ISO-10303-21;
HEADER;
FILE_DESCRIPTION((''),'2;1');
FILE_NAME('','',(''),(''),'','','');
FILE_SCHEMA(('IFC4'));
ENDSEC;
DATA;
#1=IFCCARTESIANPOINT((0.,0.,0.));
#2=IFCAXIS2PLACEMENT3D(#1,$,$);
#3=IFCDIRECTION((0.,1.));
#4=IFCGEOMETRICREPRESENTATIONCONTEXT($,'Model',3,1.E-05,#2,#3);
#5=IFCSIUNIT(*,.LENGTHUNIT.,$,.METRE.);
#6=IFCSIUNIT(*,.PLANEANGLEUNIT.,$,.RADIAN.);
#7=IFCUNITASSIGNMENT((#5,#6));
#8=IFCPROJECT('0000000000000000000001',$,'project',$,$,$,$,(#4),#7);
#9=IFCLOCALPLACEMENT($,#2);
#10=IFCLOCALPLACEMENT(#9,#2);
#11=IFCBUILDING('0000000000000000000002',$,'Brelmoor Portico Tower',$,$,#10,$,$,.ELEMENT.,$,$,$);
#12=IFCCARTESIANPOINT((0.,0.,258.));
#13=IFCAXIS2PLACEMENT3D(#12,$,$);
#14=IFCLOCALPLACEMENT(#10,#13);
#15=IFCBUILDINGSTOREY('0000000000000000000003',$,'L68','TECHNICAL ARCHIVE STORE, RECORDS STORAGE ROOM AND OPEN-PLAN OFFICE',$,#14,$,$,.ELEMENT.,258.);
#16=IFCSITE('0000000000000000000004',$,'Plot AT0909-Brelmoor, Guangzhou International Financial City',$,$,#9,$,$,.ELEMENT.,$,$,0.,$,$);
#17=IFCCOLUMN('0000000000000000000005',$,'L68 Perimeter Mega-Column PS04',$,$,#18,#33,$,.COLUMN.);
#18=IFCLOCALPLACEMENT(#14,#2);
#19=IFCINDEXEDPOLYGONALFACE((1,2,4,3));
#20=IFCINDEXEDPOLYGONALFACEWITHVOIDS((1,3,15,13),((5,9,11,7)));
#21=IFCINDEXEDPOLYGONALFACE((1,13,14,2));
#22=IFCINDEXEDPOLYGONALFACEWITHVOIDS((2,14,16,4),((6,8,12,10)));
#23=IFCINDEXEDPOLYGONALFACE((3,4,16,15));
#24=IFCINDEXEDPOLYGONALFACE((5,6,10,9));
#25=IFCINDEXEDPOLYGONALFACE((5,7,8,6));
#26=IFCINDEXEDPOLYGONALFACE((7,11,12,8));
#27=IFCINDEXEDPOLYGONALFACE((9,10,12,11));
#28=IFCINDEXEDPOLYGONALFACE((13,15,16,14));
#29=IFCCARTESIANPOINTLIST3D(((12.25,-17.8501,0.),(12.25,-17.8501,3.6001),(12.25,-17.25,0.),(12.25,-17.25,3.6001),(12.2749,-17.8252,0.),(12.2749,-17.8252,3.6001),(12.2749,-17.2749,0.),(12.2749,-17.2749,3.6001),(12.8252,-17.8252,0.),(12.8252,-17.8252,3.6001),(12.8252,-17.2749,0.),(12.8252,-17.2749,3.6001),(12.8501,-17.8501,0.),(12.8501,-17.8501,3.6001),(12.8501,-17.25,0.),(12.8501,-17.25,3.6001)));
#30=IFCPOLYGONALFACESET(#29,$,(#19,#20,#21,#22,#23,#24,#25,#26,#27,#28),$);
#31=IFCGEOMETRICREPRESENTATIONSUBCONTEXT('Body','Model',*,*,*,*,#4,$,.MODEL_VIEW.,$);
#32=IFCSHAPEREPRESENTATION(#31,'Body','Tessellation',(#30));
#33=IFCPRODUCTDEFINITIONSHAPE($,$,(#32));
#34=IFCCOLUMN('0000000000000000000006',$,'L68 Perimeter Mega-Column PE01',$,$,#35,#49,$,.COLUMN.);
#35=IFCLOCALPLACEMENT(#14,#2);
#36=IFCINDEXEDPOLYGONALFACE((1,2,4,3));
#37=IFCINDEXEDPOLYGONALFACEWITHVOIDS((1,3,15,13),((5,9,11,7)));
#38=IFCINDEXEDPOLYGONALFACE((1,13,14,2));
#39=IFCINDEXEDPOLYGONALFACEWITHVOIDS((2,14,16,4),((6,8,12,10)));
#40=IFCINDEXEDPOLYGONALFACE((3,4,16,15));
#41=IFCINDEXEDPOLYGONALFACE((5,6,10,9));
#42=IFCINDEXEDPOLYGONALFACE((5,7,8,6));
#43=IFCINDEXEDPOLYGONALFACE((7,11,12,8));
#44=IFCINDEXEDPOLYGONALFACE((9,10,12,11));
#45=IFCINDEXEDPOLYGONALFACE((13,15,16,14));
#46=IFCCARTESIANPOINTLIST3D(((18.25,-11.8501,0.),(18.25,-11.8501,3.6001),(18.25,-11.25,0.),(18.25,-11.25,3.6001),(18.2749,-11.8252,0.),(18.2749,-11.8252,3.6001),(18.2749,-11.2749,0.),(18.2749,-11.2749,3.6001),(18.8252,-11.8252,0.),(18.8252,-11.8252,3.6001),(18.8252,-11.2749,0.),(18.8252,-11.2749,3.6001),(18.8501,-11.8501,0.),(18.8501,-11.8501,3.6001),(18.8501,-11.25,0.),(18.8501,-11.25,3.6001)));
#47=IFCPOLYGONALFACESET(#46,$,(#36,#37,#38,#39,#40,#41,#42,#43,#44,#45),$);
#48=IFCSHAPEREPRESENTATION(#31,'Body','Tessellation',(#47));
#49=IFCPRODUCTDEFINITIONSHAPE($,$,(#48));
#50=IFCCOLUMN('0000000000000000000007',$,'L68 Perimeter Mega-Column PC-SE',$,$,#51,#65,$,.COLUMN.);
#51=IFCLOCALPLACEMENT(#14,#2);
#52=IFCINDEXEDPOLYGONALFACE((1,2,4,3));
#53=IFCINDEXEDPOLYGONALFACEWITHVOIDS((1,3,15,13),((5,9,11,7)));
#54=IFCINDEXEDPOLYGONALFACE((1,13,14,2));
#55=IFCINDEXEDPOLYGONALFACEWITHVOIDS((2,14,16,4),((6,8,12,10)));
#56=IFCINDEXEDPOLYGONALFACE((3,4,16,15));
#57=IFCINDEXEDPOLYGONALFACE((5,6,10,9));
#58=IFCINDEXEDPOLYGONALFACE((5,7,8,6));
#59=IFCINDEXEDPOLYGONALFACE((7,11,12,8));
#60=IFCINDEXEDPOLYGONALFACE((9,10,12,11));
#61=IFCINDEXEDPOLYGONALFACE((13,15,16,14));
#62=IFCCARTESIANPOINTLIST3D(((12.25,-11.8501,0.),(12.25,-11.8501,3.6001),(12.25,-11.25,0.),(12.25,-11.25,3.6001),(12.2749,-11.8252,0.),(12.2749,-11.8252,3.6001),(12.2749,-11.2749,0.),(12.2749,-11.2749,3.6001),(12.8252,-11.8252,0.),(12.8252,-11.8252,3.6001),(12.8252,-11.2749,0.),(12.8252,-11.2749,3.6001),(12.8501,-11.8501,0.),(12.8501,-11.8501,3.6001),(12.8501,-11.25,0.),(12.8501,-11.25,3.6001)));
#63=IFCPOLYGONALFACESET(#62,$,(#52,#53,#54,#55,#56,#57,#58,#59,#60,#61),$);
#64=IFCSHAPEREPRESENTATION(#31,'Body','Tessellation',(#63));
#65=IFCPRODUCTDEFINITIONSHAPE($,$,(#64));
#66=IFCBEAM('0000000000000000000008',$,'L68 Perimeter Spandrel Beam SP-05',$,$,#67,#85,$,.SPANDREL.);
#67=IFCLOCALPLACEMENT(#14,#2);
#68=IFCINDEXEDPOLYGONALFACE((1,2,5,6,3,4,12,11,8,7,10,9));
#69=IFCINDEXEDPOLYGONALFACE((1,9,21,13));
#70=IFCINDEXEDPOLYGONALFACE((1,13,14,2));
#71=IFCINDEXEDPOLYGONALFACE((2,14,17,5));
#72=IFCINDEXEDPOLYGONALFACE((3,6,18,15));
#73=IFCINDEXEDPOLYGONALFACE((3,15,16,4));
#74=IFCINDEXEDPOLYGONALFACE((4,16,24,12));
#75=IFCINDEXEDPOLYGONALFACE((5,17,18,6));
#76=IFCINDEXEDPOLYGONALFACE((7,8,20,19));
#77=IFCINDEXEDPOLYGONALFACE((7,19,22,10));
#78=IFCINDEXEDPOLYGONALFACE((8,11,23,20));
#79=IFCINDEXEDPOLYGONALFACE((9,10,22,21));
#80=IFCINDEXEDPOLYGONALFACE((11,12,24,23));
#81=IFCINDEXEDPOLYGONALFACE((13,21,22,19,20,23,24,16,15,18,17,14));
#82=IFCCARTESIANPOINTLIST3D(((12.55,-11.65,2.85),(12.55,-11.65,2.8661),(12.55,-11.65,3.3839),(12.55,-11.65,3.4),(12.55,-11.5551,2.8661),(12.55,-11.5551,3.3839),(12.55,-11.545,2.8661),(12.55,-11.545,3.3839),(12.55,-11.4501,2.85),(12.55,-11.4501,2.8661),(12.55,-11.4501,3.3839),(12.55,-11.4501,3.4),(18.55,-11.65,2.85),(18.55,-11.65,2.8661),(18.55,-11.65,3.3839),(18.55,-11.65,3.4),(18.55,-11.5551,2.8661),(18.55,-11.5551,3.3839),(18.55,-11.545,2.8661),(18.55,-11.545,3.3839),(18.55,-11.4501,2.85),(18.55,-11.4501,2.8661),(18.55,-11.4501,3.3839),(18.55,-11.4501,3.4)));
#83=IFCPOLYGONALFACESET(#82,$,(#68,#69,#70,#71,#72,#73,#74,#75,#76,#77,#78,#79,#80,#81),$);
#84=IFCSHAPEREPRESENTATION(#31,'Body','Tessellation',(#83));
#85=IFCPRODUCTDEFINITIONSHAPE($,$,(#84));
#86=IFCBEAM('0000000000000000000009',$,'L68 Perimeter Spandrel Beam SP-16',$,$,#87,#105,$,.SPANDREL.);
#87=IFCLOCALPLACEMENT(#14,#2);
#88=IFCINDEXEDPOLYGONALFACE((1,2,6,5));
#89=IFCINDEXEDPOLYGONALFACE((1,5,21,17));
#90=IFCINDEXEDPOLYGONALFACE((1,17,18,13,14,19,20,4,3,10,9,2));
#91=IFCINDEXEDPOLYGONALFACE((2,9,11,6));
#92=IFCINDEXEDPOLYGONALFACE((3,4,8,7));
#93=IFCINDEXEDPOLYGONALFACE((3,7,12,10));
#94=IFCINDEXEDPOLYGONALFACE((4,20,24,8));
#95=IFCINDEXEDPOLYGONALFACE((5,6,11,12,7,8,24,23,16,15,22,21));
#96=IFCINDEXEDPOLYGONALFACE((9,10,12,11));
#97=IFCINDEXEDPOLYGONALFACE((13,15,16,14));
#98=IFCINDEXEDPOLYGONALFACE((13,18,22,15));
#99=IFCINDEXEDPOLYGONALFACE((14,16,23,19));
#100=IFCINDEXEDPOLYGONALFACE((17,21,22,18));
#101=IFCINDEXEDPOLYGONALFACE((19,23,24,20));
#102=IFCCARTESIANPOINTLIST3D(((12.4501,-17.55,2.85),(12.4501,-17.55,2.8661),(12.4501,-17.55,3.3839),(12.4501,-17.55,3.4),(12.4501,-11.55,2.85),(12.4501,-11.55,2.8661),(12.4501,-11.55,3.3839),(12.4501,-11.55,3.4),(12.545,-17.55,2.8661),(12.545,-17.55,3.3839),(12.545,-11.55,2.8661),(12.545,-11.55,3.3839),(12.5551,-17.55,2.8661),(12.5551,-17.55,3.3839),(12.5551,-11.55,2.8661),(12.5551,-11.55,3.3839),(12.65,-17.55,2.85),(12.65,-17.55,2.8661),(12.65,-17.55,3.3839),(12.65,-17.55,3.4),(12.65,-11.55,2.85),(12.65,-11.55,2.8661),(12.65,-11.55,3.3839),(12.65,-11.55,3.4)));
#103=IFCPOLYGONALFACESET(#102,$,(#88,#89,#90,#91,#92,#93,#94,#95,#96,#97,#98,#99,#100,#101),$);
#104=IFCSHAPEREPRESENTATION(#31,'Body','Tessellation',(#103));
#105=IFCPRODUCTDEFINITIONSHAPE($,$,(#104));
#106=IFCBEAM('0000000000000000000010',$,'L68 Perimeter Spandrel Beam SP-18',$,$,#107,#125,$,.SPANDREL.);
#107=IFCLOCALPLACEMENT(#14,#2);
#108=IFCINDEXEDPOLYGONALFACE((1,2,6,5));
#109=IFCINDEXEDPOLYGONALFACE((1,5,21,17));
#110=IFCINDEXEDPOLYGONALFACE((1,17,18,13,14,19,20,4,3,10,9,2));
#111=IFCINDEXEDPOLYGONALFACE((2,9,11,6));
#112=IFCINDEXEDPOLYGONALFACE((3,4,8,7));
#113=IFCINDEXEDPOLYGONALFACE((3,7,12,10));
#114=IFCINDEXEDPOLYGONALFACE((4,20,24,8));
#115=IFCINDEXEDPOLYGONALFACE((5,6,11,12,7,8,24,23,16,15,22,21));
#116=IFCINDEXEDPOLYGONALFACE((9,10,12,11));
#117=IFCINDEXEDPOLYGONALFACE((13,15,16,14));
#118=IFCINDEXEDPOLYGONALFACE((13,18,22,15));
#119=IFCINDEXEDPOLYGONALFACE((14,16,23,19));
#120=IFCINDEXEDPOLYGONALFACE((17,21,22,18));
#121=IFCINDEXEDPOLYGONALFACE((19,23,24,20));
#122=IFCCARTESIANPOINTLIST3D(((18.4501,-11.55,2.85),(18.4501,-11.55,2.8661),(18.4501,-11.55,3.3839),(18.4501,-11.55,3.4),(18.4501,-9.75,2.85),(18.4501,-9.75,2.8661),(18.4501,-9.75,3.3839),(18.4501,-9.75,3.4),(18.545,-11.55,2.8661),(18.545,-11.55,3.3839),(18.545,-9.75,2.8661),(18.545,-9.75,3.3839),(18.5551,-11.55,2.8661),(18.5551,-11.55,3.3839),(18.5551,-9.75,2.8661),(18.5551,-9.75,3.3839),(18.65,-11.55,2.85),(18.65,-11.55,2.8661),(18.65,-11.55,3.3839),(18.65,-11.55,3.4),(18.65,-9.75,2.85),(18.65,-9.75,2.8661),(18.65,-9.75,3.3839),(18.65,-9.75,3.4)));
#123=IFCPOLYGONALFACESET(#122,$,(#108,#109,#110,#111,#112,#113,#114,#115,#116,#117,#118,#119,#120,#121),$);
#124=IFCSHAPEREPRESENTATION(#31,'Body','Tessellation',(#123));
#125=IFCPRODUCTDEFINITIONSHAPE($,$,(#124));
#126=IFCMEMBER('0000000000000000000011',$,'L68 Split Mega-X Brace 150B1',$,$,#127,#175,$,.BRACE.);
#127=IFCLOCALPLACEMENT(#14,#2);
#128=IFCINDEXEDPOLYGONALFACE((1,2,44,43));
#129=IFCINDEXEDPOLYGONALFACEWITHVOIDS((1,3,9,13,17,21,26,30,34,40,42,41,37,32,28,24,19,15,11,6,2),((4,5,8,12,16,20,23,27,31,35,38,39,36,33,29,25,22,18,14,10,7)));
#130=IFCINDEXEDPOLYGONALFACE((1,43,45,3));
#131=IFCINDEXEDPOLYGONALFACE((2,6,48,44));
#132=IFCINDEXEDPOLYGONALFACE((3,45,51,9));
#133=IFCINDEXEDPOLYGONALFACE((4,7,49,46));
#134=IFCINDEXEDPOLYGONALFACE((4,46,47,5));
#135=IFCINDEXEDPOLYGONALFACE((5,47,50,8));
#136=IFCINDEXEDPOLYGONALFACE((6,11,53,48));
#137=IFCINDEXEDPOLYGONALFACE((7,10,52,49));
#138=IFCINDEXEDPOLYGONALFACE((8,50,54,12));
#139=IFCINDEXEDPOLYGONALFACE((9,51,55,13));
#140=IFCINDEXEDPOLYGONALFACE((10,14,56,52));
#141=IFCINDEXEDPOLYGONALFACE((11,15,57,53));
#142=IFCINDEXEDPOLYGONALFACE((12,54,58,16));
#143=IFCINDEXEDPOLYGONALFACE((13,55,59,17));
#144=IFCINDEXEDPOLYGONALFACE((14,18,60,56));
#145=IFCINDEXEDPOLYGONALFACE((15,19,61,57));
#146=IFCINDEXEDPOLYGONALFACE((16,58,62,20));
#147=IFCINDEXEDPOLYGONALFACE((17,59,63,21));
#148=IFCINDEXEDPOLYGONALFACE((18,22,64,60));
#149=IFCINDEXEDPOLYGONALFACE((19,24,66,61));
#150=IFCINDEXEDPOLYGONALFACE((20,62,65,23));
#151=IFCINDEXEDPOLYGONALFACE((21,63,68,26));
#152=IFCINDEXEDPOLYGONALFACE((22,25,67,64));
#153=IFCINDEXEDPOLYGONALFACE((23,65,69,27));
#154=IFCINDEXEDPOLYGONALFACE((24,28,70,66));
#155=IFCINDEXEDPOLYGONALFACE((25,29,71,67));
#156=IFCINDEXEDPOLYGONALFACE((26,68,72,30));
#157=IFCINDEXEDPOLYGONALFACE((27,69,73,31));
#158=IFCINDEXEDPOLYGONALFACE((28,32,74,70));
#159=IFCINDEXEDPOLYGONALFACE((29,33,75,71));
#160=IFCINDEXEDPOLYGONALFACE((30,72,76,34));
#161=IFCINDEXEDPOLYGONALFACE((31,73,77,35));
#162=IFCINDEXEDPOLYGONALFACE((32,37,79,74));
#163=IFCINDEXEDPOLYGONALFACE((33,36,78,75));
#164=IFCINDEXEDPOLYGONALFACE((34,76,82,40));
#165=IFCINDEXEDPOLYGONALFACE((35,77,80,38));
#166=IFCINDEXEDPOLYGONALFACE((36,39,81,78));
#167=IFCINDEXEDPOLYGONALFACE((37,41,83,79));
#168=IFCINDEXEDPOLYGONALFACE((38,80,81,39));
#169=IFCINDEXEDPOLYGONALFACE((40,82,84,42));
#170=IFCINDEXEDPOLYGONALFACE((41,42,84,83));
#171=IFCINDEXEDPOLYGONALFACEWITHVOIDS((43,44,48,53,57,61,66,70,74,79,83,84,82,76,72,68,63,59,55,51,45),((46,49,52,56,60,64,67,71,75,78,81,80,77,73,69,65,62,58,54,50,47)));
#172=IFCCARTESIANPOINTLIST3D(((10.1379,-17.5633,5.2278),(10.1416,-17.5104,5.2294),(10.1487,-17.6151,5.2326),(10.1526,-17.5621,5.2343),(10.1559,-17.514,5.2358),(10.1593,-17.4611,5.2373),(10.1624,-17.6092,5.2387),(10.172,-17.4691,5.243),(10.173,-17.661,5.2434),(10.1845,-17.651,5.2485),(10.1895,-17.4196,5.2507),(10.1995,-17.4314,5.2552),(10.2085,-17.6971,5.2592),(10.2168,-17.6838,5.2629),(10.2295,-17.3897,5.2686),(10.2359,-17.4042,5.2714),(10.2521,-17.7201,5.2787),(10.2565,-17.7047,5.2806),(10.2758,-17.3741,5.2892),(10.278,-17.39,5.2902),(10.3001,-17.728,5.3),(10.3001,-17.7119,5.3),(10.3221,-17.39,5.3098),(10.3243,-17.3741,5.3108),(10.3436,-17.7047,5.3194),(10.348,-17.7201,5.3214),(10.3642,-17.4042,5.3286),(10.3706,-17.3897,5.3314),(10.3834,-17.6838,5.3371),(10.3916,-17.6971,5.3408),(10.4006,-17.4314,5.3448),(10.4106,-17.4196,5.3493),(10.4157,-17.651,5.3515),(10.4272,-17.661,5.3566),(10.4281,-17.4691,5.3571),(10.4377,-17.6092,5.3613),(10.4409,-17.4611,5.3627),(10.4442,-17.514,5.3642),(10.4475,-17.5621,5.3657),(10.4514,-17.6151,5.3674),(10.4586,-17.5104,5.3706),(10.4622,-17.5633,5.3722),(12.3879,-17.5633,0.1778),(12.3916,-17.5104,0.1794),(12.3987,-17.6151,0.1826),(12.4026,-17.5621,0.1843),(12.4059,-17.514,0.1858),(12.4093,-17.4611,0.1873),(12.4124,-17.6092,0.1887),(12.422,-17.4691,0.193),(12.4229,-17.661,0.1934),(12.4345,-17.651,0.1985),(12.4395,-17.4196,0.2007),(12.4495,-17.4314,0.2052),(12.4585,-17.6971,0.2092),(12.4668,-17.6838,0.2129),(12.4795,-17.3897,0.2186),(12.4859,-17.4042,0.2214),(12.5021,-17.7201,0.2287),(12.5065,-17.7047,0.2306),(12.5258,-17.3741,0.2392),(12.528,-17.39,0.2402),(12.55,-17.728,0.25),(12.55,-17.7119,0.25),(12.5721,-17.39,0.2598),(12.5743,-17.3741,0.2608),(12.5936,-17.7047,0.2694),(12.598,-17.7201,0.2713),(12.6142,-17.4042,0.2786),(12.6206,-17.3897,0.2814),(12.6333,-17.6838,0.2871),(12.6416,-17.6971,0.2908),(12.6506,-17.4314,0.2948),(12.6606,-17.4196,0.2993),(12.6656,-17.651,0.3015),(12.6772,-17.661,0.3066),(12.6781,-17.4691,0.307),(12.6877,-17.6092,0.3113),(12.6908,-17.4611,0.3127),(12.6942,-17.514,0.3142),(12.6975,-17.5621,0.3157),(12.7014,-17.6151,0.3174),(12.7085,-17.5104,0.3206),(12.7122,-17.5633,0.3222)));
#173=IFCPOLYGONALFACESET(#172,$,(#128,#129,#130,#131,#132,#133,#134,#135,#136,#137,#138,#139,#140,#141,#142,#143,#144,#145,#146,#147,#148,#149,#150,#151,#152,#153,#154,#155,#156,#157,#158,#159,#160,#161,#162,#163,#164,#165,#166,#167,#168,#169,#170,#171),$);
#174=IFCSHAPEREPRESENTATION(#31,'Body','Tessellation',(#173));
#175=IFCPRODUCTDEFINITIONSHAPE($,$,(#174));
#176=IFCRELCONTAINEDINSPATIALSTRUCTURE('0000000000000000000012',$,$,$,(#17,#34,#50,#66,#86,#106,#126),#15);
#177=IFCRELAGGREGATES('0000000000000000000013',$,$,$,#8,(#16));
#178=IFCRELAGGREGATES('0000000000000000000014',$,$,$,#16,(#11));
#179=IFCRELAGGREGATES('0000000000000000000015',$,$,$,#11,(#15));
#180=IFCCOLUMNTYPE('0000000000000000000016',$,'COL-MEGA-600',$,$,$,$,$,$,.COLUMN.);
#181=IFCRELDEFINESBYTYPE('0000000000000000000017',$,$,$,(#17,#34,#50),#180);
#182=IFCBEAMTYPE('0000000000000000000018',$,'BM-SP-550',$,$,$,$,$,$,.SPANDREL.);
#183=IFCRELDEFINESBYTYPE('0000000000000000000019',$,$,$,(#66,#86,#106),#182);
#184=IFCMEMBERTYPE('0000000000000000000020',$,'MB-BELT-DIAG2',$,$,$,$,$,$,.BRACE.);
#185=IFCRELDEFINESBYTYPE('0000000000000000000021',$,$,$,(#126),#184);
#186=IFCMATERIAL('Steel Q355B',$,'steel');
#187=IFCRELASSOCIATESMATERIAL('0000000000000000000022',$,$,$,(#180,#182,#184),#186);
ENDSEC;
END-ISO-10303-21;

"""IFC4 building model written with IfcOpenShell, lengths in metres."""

from ifc_helpers import new_model, si_unit, direction, frame, origin, origin_2d, place, context, subcontext, project, spatial, hollow_rectangle, hollow_circle, i_section, extrude, material, material_profile, profile_set, type_object, element, save


model = new_model("IFC4")

# Units and contexts
model_context = context("Model", 3, precision=1e-05, world=origin(), true_north=direction((0.0, 1.0)))
body_context = subcontext(model_context, "Body", "Model", "MODEL_VIEW")
ifc_project = project(units=[si_unit("LENGTHUNIT", "METRE"), si_unit("PLANEANGLEUNIT", "RADIAN")], contexts=[model_context])

# Site, building, storey
site_placement = place(None, origin())
site = spatial("IfcSite", under=ifc_project, at=site_placement, Name="Plot AT0909-Brelmoor, Guangzhou International Financial City", CompositionType="ELEMENT", RefElevation=0.0)
building_placement = place(site_placement, origin())
building = spatial("IfcBuilding", under=site, at=building_placement, Name="Brelmoor Portico Tower", CompositionType="ELEMENT")
storey_placement = place(building_placement, frame((0.0, 0.0, 258.0)))
storey = spatial("IfcBuildingStorey", under=building, at=storey_placement, Name="L68", Description="TECHNICAL ARCHIVE STORE, RECORDS STORAGE ROOM AND OPEN-PLAN OFFICE", CompositionType="ELEMENT", Elevation=258.0)

# Columns
ifc_material_1 = material(Name="Steel Q355B", Category="steel")
ifc_material_profile_1 = material_profile(ifc_material_1, hollow_rectangle(XDim=0.6001, YDim=0.6001, WallThickness=0.0249, at=origin_2d()), Name="BOX 600x600x25")
ifc_profile_set_1 = profile_set([ifc_material_profile_1], Name="Steel Q355B")
column_type = type_object("IfcColumnType", Name="COL-MEGA-600", PredefinedType="COLUMN", material=ifc_profile_set_1)
for number, where, z_axis, x_axis, name in (
    (1, (12.55, -17.55, 0.0), (0.0, 0.0, 1.0), (1.0, 0.0, 0.0), "L68 Perimeter Mega-Column PS04"),
    (2, (18.55, -11.55, 0.0), (0.0, 0.0, 1.0), (0.0, 1.0, 0.0), "L68 Perimeter Mega-Column PE01"),
    (3, (12.55, -11.55, 0.0), (0.0, 0.0, 1.0), (1.0, 0.0, 0.0), "L68 Perimeter Mega-Column PC-SE"),
):
    element("IfcColumn", number, at=place(storey_placement, frame(where, z_axis=z_axis, x_axis=x_axis)), inside=storey, type_object=column_type, Name=name, PredefinedType="COLUMN", context=body_context, shape_type="SweptSolid", body=[
        extrude(hollow_rectangle(XDim=0.6001, YDim=0.6001, WallThickness=0.0249, at=origin_2d()), origin(), (0.0, 0.0, 1.0), 3.6001),
    ])

# Beams
ifc_material_profile_2 = material_profile(ifc_material_1, i_section(OverallWidth=0.2, OverallDepth=0.55, WebThickness=0.01, FlangeThickness=0.0161, at=origin_2d()), Name="HN 550x200x10x16")
ifc_profile_set_2 = profile_set([ifc_material_profile_2], Name="Steel Q355B")
beam_type = type_object("IfcBeamType", Name="BM-SP-550", PredefinedType="SPANDREL", material=ifc_profile_set_2)
for number, where, z_axis, x_axis, name in (
    (4, (12.55, -11.55, 3.125), (1.0, 0.0, 0.0), (0.0, 1.0, 0.0), "L68 Perimeter Spandrel Beam SP-05"),
    (5, (12.55, -17.55, 3.125), (0.0, 1.0, 0.0), (-1.0, 0.0, 0.0), "L68 Perimeter Spandrel Beam SP-16"),
):
    element("IfcBeam", number, at=place(storey_placement, frame(where, z_axis=z_axis, x_axis=x_axis)), inside=storey, type_object=beam_type, Name=name, PredefinedType="SPANDREL", context=body_context, shape_type="SweptSolid", body=[
        extrude(i_section(OverallWidth=0.2, OverallDepth=0.55, WebThickness=0.01, FlangeThickness=0.0161, at=origin_2d()), origin(), (0.0, 0.0, 1.0), 6.0),
    ])
beam_placement = place(storey_placement, frame((18.55, -11.55, 3.125), z_axis=(0.0, 1.0, 0.0), x_axis=(-1.0, 0.0, 0.0)))
element("IfcBeam", 6, at=beam_placement, inside=storey, type_object=beam_type, Name="L68 Perimeter Spandrel Beam SP-18", PredefinedType="SPANDREL", context=body_context, shape_type="SweptSolid", body=[
    extrude(i_section(OverallWidth=0.2, OverallDepth=0.55, WebThickness=0.01, FlangeThickness=0.0161, at=origin_2d()), origin(), (0.0, 0.0, 1.0), 1.8),
])

# Member
ifc_material_profile_3 = material_profile(ifc_material_1, hollow_circle(Radius=0.178, WallThickness=0.0161, at=origin_2d()), Name="CHS 356x16")
ifc_profile_set_3 = profile_set([ifc_material_profile_3], Name="Steel Q355B")
member_type_1 = type_object("IfcMemberType", Name="MB-BELT-DIAG2", PredefinedType="BRACE", material=ifc_profile_set_3)
for number, where, z_axis, x_axis, name in (
    (7, (12.55, -17.55, 0.25), (-0.406974, 0.0, 0.91344), (0.0, -1.0, 0.0), "L68 Split Mega-X Brace 150B1"),
):
    element("IfcMember", number, at=place(storey_placement, frame(where, z_axis=z_axis, x_axis=x_axis)), inside=storey, type_object=member_type_1, Name=name, PredefinedType="BRACE", context=body_context, shape_type="SweptSolid", body=[
        extrude(hollow_circle(Radius=0.178, WallThickness=0.0161, at=origin_2d()), origin(), (0.0, 0.0, 1.0), 5.5286),
    ])

save(model, "model.ifc")
